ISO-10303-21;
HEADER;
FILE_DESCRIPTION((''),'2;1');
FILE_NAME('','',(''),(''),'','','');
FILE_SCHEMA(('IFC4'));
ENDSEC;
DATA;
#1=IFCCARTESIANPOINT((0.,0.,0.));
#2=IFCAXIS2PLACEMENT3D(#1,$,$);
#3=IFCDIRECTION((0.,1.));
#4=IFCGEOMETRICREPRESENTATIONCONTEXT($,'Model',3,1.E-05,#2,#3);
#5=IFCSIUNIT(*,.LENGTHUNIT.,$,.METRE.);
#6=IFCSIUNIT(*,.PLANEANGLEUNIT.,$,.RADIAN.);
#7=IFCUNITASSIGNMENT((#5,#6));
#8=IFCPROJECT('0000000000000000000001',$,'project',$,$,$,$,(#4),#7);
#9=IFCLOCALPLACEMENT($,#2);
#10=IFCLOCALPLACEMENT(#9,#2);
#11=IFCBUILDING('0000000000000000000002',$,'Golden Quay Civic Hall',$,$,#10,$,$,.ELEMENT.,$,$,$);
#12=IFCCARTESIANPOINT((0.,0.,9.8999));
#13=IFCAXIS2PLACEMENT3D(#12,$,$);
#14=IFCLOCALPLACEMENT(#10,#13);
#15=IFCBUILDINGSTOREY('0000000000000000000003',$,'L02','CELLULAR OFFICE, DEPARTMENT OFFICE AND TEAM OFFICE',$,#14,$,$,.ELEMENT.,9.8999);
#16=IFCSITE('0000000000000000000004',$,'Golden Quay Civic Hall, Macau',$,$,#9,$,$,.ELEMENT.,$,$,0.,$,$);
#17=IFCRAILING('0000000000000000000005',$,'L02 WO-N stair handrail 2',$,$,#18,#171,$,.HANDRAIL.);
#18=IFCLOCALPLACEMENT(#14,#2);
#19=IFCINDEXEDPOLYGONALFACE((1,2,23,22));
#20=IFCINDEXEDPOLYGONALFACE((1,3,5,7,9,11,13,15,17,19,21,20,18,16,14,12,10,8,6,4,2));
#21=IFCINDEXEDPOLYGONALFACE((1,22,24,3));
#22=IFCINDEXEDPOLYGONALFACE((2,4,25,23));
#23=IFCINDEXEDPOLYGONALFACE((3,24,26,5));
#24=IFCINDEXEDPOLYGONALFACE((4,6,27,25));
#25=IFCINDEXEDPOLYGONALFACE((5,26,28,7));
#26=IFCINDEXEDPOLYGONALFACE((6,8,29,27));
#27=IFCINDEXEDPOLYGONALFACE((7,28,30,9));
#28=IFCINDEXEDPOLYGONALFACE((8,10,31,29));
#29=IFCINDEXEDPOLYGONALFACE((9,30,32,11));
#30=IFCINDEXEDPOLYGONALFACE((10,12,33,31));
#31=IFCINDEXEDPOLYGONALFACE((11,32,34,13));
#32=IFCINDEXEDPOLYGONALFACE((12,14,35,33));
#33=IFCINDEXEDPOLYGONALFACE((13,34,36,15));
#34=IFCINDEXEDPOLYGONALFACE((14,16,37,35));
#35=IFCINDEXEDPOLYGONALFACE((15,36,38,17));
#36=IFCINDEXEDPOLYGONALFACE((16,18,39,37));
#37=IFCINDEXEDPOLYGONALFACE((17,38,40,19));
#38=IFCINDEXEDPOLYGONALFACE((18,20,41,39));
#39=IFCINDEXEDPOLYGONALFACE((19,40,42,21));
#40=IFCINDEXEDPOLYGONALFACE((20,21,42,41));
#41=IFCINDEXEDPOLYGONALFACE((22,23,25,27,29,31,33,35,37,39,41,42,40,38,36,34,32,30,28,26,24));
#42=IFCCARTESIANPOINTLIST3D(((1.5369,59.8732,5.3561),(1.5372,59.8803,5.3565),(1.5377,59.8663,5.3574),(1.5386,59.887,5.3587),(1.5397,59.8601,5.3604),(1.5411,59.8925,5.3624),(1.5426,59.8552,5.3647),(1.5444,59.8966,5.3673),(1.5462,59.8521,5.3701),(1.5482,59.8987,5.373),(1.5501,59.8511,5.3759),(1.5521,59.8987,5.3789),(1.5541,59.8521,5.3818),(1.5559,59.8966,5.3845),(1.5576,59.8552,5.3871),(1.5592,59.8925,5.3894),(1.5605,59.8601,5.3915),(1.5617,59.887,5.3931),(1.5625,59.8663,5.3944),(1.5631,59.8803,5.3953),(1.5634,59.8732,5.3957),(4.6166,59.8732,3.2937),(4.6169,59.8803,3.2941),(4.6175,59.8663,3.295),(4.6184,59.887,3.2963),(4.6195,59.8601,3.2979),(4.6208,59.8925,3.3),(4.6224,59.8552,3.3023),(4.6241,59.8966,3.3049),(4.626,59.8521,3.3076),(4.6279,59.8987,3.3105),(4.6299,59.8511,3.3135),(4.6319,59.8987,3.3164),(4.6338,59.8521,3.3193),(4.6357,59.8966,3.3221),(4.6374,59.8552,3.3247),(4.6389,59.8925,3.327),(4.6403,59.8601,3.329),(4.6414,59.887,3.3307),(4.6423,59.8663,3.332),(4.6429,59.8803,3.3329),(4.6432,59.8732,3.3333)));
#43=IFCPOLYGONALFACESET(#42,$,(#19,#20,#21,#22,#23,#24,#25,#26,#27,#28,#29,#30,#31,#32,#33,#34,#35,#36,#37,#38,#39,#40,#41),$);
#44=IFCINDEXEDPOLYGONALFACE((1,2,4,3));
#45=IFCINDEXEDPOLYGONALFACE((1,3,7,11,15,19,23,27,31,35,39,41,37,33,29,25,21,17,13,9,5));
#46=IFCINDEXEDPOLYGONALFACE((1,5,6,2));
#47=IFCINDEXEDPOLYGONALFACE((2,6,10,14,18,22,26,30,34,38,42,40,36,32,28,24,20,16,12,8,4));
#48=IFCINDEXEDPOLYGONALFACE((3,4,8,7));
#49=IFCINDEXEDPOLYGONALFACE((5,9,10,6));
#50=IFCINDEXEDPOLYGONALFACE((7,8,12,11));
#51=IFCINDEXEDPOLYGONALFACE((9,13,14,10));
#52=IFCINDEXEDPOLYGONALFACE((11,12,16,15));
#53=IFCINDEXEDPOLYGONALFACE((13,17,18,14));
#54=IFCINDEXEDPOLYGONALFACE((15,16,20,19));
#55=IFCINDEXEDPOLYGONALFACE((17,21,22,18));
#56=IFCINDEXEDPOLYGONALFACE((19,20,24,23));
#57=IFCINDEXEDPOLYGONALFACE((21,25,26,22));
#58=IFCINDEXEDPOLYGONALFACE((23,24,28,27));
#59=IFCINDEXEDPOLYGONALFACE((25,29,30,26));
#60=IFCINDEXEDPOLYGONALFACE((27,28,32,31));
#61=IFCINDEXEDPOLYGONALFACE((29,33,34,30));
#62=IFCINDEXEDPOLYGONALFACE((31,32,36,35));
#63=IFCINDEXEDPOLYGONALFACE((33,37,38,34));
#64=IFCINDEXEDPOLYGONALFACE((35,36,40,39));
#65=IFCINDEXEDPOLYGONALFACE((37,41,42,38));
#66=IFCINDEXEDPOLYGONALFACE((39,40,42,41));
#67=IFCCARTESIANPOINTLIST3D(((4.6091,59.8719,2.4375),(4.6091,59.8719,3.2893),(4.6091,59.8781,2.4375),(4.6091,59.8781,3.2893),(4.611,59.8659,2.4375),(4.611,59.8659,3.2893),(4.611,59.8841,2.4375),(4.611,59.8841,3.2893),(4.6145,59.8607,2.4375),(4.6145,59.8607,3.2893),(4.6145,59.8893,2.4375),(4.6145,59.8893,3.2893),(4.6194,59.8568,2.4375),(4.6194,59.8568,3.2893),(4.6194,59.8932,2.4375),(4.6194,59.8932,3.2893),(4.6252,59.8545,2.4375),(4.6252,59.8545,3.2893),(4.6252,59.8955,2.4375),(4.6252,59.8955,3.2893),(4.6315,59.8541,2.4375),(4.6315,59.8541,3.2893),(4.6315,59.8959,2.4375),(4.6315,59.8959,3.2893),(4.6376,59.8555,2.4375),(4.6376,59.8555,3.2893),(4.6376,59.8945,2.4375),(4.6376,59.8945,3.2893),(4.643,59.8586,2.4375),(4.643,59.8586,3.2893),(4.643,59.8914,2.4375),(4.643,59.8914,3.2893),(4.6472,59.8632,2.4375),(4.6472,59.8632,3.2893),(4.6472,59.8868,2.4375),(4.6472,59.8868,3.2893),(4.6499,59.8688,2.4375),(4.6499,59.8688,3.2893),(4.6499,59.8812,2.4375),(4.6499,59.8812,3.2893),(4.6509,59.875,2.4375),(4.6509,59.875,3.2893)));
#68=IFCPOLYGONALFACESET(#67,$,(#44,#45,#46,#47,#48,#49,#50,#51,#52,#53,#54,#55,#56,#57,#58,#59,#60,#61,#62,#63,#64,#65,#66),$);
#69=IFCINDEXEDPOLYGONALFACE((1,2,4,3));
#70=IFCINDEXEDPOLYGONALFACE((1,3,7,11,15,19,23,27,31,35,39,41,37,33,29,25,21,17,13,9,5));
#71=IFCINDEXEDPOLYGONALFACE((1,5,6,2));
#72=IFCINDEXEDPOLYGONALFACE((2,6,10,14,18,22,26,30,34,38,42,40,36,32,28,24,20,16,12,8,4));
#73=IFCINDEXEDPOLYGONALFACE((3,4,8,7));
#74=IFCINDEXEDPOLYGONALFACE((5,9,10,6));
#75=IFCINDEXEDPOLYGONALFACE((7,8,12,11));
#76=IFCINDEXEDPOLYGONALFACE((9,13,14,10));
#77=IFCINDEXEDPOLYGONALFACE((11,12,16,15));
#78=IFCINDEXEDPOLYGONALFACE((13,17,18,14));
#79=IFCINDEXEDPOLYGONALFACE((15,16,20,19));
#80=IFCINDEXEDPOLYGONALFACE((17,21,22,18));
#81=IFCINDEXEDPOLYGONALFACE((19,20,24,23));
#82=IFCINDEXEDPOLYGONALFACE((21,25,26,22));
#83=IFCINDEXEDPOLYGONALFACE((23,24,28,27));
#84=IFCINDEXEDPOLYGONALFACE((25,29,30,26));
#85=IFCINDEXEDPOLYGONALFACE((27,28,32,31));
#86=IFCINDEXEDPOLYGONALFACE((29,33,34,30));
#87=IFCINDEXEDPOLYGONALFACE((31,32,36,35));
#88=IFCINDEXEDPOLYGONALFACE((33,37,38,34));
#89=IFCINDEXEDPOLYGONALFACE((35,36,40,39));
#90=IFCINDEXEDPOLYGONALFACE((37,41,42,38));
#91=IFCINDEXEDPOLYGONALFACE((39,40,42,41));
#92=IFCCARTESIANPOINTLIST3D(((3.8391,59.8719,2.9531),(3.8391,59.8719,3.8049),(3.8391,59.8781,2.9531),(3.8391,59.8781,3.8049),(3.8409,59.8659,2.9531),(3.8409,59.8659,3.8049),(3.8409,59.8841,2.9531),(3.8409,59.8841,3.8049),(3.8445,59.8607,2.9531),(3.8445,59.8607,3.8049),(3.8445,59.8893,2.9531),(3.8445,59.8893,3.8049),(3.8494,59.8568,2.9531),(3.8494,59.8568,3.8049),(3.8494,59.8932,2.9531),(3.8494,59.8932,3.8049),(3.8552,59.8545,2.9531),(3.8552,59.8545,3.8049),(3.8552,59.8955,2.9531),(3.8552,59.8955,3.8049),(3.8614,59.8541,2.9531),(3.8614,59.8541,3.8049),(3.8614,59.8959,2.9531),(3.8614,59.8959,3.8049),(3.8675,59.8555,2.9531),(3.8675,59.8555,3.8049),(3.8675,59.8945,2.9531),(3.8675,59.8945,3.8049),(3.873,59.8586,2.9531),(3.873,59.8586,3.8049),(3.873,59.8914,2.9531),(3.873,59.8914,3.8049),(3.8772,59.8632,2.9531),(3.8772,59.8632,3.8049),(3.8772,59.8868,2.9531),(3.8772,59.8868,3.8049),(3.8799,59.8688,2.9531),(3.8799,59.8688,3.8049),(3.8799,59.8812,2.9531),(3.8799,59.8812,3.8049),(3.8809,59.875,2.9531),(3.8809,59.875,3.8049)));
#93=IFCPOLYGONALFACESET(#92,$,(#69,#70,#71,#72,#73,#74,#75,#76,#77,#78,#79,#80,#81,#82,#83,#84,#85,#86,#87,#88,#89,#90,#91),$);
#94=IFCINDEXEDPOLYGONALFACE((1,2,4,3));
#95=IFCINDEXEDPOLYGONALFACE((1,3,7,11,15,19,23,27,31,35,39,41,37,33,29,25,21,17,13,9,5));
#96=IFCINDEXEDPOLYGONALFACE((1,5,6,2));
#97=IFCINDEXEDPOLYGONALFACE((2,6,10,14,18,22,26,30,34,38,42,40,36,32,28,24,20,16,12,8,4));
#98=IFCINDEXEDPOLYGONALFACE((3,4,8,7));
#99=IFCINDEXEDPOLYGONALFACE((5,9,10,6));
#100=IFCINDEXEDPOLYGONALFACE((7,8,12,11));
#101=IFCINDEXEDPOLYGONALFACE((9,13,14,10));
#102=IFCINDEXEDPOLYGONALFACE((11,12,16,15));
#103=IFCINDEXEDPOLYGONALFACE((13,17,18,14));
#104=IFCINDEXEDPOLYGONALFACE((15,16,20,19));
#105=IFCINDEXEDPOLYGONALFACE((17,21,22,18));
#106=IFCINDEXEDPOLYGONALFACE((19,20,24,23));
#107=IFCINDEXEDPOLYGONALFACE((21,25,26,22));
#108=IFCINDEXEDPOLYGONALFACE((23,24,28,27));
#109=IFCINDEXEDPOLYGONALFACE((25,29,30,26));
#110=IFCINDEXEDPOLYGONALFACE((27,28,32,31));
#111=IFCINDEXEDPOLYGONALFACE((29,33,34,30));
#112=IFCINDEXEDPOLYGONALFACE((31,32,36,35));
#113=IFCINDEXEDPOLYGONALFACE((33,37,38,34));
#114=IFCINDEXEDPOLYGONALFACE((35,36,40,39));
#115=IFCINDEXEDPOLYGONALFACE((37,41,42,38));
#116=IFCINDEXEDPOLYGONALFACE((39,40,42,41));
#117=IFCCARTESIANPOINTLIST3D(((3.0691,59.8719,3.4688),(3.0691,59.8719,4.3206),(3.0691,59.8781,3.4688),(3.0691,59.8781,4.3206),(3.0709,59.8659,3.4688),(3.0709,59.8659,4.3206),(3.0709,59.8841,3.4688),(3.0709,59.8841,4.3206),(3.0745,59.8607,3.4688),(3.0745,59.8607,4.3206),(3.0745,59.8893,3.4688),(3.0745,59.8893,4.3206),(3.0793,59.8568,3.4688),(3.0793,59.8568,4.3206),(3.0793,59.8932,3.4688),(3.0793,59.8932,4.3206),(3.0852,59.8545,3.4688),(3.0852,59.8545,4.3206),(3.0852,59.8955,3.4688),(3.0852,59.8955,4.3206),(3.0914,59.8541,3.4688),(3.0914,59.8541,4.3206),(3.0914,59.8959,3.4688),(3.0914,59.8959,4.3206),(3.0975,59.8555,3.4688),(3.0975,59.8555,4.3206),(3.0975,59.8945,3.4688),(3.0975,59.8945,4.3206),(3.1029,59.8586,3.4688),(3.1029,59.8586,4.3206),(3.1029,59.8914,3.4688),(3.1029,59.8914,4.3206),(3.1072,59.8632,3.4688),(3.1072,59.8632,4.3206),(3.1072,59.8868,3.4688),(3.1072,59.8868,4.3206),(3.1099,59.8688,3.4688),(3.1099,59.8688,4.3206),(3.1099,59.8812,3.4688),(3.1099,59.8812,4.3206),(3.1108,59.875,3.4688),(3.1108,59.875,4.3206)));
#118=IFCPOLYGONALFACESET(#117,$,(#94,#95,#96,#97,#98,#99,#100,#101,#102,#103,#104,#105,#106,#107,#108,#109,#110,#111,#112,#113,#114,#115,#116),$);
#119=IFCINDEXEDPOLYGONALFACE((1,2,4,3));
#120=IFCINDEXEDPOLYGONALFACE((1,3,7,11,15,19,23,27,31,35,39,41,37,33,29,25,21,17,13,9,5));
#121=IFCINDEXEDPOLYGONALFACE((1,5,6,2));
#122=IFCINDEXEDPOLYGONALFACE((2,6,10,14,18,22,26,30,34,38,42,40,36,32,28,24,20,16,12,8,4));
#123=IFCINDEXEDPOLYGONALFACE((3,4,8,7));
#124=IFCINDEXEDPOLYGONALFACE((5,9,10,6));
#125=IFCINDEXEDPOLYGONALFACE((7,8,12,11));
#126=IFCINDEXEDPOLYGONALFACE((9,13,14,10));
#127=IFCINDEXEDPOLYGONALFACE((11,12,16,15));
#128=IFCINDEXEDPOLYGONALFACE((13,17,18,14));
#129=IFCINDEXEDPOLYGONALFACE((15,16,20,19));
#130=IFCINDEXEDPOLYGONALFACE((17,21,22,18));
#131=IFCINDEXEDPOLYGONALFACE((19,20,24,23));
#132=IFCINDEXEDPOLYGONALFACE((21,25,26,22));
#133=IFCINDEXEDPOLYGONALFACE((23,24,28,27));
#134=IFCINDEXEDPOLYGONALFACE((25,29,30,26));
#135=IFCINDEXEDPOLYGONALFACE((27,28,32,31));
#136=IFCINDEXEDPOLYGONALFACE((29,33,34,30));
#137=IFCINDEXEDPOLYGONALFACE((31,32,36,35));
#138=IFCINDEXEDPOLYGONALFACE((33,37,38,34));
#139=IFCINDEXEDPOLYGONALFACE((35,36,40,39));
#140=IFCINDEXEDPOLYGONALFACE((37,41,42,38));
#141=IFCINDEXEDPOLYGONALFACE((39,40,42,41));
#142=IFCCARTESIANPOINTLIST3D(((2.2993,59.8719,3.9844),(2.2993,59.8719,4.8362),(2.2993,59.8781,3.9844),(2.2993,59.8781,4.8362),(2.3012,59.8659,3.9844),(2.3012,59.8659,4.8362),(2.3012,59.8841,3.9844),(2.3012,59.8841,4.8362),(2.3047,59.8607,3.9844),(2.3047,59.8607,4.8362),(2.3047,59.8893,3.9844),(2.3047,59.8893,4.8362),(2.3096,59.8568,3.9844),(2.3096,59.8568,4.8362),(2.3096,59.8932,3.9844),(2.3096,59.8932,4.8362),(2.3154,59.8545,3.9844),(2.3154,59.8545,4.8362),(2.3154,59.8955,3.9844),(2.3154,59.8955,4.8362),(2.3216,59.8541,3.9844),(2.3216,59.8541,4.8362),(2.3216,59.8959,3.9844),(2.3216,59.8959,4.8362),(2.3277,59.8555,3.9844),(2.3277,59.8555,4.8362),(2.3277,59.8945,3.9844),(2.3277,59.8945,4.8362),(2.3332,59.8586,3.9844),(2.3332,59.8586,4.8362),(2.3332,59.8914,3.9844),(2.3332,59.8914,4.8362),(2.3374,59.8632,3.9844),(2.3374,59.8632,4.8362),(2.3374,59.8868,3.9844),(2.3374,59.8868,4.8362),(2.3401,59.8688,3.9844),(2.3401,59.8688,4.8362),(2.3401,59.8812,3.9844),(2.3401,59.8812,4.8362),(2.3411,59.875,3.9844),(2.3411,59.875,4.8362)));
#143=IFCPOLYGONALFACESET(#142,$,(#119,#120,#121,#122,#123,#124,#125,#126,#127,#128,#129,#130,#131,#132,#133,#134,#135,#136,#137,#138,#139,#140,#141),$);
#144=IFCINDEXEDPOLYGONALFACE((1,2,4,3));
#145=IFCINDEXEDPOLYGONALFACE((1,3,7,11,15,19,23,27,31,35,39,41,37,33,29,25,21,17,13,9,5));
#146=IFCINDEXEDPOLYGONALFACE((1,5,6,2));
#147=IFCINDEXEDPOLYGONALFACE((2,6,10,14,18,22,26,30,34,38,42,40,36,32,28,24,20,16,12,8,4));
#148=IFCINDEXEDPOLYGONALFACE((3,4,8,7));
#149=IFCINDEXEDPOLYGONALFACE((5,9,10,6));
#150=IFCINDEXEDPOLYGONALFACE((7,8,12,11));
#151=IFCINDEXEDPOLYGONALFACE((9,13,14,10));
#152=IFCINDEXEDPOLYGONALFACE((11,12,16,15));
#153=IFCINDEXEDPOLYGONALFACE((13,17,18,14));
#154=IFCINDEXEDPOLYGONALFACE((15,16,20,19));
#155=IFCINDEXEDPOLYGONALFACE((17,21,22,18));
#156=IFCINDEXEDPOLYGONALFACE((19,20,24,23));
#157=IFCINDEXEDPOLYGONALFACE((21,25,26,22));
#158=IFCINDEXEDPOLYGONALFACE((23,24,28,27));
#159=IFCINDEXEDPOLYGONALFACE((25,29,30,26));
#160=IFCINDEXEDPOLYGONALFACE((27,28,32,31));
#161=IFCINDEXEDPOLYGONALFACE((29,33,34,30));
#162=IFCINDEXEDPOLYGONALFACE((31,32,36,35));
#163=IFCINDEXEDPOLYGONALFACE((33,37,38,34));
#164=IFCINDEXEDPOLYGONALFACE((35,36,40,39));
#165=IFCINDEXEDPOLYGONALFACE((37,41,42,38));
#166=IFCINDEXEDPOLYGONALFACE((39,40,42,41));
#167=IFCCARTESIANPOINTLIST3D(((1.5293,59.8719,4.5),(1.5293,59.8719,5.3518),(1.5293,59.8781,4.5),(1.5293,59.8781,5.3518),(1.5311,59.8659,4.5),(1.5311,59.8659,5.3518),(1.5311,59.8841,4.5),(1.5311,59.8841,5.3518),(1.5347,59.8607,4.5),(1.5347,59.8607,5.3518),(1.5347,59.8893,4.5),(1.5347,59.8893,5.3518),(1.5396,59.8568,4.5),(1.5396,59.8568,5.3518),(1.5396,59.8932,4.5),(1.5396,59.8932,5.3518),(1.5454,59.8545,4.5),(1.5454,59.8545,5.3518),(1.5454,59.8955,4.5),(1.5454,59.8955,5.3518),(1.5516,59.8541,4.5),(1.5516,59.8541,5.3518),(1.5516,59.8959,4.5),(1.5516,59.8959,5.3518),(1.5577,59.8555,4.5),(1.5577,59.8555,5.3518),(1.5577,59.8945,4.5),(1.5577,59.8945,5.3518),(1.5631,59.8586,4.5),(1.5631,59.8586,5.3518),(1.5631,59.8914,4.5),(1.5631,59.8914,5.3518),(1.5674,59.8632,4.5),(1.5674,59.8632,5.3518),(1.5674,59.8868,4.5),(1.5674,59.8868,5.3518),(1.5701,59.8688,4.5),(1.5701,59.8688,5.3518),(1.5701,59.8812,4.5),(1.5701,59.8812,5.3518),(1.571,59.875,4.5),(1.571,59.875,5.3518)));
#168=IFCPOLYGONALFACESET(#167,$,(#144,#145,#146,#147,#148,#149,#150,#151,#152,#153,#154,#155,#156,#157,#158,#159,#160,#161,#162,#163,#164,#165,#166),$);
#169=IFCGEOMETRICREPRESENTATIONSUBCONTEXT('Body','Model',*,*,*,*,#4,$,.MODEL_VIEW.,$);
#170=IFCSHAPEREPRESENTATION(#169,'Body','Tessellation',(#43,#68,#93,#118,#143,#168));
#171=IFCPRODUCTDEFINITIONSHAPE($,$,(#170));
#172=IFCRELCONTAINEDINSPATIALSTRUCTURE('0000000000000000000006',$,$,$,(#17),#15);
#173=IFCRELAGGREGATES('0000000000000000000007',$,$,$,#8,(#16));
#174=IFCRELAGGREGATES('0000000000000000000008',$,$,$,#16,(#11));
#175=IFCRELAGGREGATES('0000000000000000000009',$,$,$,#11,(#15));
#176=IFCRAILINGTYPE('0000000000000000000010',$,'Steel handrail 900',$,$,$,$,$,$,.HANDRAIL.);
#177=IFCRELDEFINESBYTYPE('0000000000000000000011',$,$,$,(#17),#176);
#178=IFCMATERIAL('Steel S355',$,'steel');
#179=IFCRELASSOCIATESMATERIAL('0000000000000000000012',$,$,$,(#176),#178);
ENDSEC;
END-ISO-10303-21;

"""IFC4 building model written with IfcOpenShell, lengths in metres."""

from ifc_helpers import new_model, si_unit, direction, frame, origin, origin_2d, place, context, subcontext, project, spatial, circle, extrude, material, type_object, element, save


model = new_model("IFC4")

# Units and contexts
model_context = context("Model", 3, precision=1e-05, world=origin(), true_north=direction((0.0, 1.0)))
body_context = subcontext(model_context, "Body", "Model", "MODEL_VIEW")
ifc_project = project(units=[si_unit("LENGTHUNIT", "METRE"), si_unit("PLANEANGLEUNIT", "RADIAN")], contexts=[model_context])

# Site, building, storey
site_placement = place(None, origin())
site = spatial("IfcSite", under=ifc_project, at=site_placement, Name="Golden Quay Civic Hall, Macau", CompositionType="ELEMENT", RefElevation=0.0)
building_placement = place(site_placement, origin())
building = spatial("IfcBuilding", under=site, at=building_placement, Name="Golden Quay Civic Hall", CompositionType="ELEMENT")
storey_placement = place(building_placement, frame((0.0, 0.0, 9.8999)))
storey = spatial("IfcBuildingStorey", under=building, at=storey_placement, Name="L02", Description="CELLULAR OFFICE, DEPARTMENT OFFICE AND TEAM OFFICE", CompositionType="ELEMENT", Elevation=9.8999)

# Railing
ifc_material_1 = material(Name="Steel S355", Category="steel")
railing_type_1 = type_object("IfcRailingType", Name="Steel handrail 900", PredefinedType="HANDRAIL", material=ifc_material_1)
railing_1_placement = place(storey_placement, frame((4.6299, 59.875, 2.4375)))
element("IfcRailing", 1, at=railing_1_placement, inside=storey, type_object=railing_type_1, Name="L02 WO-N stair handrail 2", PredefinedType="HANDRAIL", context=body_context, shape_type="SweptSolid", body=[
    extrude(circle(Radius=0.0239, at=origin_2d()), frame((0.0, 0.0, 0.876), z_axis=(-0.830893, 0.0, 0.556432), x_axis=(0.0, -1.0, 0.0)), (0.0, 0.0, 1.0), 3.7065),
    extrude(circle(Radius=0.021, at=origin_2d()), origin(), (0.0, 0.0, 1.0), 0.8518),
    extrude(circle(Radius=0.021, at=origin_2d()), frame((-0.77, 0.0, 0.5156)), (0.0, 0.0, 1.0), 0.8518),
    extrude(circle(Radius=0.021, at=origin_2d()), frame((-1.54, 0.0, 1.0312)), (0.0, 0.0, 1.0), 0.8518),
    extrude(circle(Radius=0.021, at=origin_2d()), frame((-2.3098, 0.0, 1.5469)), (0.0, 0.0, 1.0), 0.8518),
    extrude(circle(Radius=0.021, at=origin_2d()), frame((-3.0798, 0.0, 2.0625)), (0.0, 0.0, 1.0), 0.8518),
])

save(model, "model.ifc")
